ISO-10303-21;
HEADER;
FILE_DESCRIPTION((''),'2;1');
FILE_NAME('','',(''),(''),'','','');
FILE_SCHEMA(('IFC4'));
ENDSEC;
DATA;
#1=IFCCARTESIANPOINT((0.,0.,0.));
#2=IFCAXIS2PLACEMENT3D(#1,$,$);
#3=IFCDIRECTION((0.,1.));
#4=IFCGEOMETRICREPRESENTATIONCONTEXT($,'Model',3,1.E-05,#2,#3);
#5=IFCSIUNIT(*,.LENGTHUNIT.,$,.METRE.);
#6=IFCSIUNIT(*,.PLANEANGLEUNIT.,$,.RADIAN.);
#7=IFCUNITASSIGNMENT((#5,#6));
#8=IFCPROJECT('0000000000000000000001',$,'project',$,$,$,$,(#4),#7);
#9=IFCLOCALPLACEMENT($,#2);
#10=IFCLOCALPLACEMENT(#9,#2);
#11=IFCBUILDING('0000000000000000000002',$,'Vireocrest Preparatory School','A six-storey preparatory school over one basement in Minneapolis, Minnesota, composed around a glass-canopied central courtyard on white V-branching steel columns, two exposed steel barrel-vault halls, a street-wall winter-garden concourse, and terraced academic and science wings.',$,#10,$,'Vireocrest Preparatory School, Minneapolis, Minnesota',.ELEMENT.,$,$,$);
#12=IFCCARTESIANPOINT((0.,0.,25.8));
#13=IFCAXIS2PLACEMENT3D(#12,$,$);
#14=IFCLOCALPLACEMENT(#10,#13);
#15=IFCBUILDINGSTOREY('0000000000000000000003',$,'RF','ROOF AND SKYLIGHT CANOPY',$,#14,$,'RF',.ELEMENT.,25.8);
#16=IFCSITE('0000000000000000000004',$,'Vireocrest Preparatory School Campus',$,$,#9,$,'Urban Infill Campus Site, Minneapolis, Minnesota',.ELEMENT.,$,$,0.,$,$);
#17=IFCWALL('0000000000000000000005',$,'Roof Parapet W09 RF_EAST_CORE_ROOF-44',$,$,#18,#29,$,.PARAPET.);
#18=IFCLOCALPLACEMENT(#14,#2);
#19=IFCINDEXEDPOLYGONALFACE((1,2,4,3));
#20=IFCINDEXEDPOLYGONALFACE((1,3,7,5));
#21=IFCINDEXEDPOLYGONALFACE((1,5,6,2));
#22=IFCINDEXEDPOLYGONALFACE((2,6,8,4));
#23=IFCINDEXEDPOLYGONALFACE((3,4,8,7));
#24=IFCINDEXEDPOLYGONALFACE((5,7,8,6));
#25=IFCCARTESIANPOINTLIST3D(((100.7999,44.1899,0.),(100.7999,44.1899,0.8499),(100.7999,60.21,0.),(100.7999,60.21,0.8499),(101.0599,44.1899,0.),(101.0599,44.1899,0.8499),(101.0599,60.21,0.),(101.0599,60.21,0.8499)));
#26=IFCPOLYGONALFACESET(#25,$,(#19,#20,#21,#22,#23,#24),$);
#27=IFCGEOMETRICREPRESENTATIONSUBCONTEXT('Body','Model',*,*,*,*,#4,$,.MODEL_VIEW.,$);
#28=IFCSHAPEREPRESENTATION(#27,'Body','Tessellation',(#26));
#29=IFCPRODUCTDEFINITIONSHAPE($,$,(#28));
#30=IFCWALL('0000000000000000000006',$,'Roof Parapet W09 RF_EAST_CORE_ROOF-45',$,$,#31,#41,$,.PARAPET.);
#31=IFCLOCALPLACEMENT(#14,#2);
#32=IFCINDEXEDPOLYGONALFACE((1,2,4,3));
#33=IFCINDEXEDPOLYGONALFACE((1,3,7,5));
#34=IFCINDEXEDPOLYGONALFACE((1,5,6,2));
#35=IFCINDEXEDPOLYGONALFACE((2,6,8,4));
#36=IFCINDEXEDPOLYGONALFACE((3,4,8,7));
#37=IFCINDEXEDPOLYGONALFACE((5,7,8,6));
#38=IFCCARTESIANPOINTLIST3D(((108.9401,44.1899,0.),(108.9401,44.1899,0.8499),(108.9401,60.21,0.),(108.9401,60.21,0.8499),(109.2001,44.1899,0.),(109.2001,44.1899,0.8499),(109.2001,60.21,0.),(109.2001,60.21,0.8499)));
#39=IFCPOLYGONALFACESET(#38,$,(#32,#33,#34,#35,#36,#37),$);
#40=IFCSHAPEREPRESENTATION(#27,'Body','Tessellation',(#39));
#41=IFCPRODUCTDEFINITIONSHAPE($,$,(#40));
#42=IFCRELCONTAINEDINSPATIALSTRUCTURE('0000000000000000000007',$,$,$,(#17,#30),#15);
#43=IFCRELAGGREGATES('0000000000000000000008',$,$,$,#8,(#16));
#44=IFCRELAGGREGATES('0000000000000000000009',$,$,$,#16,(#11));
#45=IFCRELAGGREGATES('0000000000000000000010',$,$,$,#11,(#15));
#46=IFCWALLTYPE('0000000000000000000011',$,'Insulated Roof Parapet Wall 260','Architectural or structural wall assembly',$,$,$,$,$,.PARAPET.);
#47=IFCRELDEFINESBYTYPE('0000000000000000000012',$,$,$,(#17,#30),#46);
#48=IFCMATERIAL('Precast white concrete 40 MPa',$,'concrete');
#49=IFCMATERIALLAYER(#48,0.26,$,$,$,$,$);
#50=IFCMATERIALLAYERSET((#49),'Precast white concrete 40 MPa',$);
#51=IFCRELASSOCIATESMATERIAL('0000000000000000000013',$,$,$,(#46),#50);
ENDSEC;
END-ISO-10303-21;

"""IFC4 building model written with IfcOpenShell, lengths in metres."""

from ifc_helpers import new_model, si_unit, direction, frame, frame_2d, origin, place, context, subcontext, project, spatial, rectangle, extrude, material, layer, layer_set, type_object, element, save


model = new_model("IFC4")

# Units and contexts
model_context = context("Model", 3, precision=1e-05, world=origin(), true_north=direction((0.0, 1.0)))
body_context = subcontext(model_context, "Body", "Model", "MODEL_VIEW")
ifc_project = project(units=[si_unit("LENGTHUNIT", "METRE"), si_unit("PLANEANGLEUNIT", "RADIAN")], contexts=[model_context])

# Site, building, storey
site_placement = place(None, origin())
site = spatial("IfcSite", under=ifc_project, at=site_placement, Name="Vireocrest Preparatory School Campus", LongName="Urban Infill Campus Site, Minneapolis, Minnesota", CompositionType="ELEMENT", RefElevation=0.0)
building_placement = place(site_placement, origin())
building = spatial("IfcBuilding", under=site, at=building_placement, Name="Vireocrest Preparatory School", Description="A six-storey preparatory school over one basement in Minneapolis, Minnesota, composed around a glass-canopied central courtyard on white V-branching steel columns, two exposed steel barrel-vault halls, a street-wall winter-garden concourse, and terraced academic and science wings.", LongName="Vireocrest Preparatory School, Minneapolis, Minnesota", CompositionType="ELEMENT")
storey_placement = place(building_placement, frame((0.0, 0.0, 25.8)))
storey = spatial("IfcBuildingStorey", under=building, at=storey_placement, Name="RF", Description="ROOF AND SKYLIGHT CANOPY", LongName="RF", CompositionType="ELEMENT", Elevation=25.8)

# Walls
ifc_material_1 = material(Name="Precast white concrete 40 MPa", Category="concrete")
ifc_layer_1 = layer(ifc_material_1, 0.26)
ifc_layer_set_1 = layer_set([ifc_layer_1], Name="Precast white concrete 40 MPa")
wall_type = type_object("IfcWallType", Name="Insulated Roof Parapet Wall 260", Description="Architectural or structural wall assembly", PredefinedType="PARAPET", material=ifc_layer_set_1)
for number, where, z_axis, x_axis, name in (
    (1, (100.9299, 44.1899, 0.0), (0.0, 0.0, 1.0), (0.0, 1.0, 0.0), "Roof Parapet W09 RF_EAST_CORE_ROOF-44"),
    (2, (109.0701, 44.1899, 0.0), (0.0, 0.0, 1.0), (0.0, 1.0, 0.0), "Roof Parapet W09 RF_EAST_CORE_ROOF-45"),
):
    element("IfcWall", number, at=place(storey_placement, frame(where, z_axis=z_axis, x_axis=x_axis)), inside=storey, type_object=wall_type, Name=name, PredefinedType="PARAPET", context=body_context, shape_type="SweptSolid", body=[
        extrude(rectangle(XDim=16.02, YDim=0.26, at=frame_2d((8.01, 0.0))), origin(), (0.0, 0.0, 1.0), 0.8499),
    ])

save(model, "model.ifc")
